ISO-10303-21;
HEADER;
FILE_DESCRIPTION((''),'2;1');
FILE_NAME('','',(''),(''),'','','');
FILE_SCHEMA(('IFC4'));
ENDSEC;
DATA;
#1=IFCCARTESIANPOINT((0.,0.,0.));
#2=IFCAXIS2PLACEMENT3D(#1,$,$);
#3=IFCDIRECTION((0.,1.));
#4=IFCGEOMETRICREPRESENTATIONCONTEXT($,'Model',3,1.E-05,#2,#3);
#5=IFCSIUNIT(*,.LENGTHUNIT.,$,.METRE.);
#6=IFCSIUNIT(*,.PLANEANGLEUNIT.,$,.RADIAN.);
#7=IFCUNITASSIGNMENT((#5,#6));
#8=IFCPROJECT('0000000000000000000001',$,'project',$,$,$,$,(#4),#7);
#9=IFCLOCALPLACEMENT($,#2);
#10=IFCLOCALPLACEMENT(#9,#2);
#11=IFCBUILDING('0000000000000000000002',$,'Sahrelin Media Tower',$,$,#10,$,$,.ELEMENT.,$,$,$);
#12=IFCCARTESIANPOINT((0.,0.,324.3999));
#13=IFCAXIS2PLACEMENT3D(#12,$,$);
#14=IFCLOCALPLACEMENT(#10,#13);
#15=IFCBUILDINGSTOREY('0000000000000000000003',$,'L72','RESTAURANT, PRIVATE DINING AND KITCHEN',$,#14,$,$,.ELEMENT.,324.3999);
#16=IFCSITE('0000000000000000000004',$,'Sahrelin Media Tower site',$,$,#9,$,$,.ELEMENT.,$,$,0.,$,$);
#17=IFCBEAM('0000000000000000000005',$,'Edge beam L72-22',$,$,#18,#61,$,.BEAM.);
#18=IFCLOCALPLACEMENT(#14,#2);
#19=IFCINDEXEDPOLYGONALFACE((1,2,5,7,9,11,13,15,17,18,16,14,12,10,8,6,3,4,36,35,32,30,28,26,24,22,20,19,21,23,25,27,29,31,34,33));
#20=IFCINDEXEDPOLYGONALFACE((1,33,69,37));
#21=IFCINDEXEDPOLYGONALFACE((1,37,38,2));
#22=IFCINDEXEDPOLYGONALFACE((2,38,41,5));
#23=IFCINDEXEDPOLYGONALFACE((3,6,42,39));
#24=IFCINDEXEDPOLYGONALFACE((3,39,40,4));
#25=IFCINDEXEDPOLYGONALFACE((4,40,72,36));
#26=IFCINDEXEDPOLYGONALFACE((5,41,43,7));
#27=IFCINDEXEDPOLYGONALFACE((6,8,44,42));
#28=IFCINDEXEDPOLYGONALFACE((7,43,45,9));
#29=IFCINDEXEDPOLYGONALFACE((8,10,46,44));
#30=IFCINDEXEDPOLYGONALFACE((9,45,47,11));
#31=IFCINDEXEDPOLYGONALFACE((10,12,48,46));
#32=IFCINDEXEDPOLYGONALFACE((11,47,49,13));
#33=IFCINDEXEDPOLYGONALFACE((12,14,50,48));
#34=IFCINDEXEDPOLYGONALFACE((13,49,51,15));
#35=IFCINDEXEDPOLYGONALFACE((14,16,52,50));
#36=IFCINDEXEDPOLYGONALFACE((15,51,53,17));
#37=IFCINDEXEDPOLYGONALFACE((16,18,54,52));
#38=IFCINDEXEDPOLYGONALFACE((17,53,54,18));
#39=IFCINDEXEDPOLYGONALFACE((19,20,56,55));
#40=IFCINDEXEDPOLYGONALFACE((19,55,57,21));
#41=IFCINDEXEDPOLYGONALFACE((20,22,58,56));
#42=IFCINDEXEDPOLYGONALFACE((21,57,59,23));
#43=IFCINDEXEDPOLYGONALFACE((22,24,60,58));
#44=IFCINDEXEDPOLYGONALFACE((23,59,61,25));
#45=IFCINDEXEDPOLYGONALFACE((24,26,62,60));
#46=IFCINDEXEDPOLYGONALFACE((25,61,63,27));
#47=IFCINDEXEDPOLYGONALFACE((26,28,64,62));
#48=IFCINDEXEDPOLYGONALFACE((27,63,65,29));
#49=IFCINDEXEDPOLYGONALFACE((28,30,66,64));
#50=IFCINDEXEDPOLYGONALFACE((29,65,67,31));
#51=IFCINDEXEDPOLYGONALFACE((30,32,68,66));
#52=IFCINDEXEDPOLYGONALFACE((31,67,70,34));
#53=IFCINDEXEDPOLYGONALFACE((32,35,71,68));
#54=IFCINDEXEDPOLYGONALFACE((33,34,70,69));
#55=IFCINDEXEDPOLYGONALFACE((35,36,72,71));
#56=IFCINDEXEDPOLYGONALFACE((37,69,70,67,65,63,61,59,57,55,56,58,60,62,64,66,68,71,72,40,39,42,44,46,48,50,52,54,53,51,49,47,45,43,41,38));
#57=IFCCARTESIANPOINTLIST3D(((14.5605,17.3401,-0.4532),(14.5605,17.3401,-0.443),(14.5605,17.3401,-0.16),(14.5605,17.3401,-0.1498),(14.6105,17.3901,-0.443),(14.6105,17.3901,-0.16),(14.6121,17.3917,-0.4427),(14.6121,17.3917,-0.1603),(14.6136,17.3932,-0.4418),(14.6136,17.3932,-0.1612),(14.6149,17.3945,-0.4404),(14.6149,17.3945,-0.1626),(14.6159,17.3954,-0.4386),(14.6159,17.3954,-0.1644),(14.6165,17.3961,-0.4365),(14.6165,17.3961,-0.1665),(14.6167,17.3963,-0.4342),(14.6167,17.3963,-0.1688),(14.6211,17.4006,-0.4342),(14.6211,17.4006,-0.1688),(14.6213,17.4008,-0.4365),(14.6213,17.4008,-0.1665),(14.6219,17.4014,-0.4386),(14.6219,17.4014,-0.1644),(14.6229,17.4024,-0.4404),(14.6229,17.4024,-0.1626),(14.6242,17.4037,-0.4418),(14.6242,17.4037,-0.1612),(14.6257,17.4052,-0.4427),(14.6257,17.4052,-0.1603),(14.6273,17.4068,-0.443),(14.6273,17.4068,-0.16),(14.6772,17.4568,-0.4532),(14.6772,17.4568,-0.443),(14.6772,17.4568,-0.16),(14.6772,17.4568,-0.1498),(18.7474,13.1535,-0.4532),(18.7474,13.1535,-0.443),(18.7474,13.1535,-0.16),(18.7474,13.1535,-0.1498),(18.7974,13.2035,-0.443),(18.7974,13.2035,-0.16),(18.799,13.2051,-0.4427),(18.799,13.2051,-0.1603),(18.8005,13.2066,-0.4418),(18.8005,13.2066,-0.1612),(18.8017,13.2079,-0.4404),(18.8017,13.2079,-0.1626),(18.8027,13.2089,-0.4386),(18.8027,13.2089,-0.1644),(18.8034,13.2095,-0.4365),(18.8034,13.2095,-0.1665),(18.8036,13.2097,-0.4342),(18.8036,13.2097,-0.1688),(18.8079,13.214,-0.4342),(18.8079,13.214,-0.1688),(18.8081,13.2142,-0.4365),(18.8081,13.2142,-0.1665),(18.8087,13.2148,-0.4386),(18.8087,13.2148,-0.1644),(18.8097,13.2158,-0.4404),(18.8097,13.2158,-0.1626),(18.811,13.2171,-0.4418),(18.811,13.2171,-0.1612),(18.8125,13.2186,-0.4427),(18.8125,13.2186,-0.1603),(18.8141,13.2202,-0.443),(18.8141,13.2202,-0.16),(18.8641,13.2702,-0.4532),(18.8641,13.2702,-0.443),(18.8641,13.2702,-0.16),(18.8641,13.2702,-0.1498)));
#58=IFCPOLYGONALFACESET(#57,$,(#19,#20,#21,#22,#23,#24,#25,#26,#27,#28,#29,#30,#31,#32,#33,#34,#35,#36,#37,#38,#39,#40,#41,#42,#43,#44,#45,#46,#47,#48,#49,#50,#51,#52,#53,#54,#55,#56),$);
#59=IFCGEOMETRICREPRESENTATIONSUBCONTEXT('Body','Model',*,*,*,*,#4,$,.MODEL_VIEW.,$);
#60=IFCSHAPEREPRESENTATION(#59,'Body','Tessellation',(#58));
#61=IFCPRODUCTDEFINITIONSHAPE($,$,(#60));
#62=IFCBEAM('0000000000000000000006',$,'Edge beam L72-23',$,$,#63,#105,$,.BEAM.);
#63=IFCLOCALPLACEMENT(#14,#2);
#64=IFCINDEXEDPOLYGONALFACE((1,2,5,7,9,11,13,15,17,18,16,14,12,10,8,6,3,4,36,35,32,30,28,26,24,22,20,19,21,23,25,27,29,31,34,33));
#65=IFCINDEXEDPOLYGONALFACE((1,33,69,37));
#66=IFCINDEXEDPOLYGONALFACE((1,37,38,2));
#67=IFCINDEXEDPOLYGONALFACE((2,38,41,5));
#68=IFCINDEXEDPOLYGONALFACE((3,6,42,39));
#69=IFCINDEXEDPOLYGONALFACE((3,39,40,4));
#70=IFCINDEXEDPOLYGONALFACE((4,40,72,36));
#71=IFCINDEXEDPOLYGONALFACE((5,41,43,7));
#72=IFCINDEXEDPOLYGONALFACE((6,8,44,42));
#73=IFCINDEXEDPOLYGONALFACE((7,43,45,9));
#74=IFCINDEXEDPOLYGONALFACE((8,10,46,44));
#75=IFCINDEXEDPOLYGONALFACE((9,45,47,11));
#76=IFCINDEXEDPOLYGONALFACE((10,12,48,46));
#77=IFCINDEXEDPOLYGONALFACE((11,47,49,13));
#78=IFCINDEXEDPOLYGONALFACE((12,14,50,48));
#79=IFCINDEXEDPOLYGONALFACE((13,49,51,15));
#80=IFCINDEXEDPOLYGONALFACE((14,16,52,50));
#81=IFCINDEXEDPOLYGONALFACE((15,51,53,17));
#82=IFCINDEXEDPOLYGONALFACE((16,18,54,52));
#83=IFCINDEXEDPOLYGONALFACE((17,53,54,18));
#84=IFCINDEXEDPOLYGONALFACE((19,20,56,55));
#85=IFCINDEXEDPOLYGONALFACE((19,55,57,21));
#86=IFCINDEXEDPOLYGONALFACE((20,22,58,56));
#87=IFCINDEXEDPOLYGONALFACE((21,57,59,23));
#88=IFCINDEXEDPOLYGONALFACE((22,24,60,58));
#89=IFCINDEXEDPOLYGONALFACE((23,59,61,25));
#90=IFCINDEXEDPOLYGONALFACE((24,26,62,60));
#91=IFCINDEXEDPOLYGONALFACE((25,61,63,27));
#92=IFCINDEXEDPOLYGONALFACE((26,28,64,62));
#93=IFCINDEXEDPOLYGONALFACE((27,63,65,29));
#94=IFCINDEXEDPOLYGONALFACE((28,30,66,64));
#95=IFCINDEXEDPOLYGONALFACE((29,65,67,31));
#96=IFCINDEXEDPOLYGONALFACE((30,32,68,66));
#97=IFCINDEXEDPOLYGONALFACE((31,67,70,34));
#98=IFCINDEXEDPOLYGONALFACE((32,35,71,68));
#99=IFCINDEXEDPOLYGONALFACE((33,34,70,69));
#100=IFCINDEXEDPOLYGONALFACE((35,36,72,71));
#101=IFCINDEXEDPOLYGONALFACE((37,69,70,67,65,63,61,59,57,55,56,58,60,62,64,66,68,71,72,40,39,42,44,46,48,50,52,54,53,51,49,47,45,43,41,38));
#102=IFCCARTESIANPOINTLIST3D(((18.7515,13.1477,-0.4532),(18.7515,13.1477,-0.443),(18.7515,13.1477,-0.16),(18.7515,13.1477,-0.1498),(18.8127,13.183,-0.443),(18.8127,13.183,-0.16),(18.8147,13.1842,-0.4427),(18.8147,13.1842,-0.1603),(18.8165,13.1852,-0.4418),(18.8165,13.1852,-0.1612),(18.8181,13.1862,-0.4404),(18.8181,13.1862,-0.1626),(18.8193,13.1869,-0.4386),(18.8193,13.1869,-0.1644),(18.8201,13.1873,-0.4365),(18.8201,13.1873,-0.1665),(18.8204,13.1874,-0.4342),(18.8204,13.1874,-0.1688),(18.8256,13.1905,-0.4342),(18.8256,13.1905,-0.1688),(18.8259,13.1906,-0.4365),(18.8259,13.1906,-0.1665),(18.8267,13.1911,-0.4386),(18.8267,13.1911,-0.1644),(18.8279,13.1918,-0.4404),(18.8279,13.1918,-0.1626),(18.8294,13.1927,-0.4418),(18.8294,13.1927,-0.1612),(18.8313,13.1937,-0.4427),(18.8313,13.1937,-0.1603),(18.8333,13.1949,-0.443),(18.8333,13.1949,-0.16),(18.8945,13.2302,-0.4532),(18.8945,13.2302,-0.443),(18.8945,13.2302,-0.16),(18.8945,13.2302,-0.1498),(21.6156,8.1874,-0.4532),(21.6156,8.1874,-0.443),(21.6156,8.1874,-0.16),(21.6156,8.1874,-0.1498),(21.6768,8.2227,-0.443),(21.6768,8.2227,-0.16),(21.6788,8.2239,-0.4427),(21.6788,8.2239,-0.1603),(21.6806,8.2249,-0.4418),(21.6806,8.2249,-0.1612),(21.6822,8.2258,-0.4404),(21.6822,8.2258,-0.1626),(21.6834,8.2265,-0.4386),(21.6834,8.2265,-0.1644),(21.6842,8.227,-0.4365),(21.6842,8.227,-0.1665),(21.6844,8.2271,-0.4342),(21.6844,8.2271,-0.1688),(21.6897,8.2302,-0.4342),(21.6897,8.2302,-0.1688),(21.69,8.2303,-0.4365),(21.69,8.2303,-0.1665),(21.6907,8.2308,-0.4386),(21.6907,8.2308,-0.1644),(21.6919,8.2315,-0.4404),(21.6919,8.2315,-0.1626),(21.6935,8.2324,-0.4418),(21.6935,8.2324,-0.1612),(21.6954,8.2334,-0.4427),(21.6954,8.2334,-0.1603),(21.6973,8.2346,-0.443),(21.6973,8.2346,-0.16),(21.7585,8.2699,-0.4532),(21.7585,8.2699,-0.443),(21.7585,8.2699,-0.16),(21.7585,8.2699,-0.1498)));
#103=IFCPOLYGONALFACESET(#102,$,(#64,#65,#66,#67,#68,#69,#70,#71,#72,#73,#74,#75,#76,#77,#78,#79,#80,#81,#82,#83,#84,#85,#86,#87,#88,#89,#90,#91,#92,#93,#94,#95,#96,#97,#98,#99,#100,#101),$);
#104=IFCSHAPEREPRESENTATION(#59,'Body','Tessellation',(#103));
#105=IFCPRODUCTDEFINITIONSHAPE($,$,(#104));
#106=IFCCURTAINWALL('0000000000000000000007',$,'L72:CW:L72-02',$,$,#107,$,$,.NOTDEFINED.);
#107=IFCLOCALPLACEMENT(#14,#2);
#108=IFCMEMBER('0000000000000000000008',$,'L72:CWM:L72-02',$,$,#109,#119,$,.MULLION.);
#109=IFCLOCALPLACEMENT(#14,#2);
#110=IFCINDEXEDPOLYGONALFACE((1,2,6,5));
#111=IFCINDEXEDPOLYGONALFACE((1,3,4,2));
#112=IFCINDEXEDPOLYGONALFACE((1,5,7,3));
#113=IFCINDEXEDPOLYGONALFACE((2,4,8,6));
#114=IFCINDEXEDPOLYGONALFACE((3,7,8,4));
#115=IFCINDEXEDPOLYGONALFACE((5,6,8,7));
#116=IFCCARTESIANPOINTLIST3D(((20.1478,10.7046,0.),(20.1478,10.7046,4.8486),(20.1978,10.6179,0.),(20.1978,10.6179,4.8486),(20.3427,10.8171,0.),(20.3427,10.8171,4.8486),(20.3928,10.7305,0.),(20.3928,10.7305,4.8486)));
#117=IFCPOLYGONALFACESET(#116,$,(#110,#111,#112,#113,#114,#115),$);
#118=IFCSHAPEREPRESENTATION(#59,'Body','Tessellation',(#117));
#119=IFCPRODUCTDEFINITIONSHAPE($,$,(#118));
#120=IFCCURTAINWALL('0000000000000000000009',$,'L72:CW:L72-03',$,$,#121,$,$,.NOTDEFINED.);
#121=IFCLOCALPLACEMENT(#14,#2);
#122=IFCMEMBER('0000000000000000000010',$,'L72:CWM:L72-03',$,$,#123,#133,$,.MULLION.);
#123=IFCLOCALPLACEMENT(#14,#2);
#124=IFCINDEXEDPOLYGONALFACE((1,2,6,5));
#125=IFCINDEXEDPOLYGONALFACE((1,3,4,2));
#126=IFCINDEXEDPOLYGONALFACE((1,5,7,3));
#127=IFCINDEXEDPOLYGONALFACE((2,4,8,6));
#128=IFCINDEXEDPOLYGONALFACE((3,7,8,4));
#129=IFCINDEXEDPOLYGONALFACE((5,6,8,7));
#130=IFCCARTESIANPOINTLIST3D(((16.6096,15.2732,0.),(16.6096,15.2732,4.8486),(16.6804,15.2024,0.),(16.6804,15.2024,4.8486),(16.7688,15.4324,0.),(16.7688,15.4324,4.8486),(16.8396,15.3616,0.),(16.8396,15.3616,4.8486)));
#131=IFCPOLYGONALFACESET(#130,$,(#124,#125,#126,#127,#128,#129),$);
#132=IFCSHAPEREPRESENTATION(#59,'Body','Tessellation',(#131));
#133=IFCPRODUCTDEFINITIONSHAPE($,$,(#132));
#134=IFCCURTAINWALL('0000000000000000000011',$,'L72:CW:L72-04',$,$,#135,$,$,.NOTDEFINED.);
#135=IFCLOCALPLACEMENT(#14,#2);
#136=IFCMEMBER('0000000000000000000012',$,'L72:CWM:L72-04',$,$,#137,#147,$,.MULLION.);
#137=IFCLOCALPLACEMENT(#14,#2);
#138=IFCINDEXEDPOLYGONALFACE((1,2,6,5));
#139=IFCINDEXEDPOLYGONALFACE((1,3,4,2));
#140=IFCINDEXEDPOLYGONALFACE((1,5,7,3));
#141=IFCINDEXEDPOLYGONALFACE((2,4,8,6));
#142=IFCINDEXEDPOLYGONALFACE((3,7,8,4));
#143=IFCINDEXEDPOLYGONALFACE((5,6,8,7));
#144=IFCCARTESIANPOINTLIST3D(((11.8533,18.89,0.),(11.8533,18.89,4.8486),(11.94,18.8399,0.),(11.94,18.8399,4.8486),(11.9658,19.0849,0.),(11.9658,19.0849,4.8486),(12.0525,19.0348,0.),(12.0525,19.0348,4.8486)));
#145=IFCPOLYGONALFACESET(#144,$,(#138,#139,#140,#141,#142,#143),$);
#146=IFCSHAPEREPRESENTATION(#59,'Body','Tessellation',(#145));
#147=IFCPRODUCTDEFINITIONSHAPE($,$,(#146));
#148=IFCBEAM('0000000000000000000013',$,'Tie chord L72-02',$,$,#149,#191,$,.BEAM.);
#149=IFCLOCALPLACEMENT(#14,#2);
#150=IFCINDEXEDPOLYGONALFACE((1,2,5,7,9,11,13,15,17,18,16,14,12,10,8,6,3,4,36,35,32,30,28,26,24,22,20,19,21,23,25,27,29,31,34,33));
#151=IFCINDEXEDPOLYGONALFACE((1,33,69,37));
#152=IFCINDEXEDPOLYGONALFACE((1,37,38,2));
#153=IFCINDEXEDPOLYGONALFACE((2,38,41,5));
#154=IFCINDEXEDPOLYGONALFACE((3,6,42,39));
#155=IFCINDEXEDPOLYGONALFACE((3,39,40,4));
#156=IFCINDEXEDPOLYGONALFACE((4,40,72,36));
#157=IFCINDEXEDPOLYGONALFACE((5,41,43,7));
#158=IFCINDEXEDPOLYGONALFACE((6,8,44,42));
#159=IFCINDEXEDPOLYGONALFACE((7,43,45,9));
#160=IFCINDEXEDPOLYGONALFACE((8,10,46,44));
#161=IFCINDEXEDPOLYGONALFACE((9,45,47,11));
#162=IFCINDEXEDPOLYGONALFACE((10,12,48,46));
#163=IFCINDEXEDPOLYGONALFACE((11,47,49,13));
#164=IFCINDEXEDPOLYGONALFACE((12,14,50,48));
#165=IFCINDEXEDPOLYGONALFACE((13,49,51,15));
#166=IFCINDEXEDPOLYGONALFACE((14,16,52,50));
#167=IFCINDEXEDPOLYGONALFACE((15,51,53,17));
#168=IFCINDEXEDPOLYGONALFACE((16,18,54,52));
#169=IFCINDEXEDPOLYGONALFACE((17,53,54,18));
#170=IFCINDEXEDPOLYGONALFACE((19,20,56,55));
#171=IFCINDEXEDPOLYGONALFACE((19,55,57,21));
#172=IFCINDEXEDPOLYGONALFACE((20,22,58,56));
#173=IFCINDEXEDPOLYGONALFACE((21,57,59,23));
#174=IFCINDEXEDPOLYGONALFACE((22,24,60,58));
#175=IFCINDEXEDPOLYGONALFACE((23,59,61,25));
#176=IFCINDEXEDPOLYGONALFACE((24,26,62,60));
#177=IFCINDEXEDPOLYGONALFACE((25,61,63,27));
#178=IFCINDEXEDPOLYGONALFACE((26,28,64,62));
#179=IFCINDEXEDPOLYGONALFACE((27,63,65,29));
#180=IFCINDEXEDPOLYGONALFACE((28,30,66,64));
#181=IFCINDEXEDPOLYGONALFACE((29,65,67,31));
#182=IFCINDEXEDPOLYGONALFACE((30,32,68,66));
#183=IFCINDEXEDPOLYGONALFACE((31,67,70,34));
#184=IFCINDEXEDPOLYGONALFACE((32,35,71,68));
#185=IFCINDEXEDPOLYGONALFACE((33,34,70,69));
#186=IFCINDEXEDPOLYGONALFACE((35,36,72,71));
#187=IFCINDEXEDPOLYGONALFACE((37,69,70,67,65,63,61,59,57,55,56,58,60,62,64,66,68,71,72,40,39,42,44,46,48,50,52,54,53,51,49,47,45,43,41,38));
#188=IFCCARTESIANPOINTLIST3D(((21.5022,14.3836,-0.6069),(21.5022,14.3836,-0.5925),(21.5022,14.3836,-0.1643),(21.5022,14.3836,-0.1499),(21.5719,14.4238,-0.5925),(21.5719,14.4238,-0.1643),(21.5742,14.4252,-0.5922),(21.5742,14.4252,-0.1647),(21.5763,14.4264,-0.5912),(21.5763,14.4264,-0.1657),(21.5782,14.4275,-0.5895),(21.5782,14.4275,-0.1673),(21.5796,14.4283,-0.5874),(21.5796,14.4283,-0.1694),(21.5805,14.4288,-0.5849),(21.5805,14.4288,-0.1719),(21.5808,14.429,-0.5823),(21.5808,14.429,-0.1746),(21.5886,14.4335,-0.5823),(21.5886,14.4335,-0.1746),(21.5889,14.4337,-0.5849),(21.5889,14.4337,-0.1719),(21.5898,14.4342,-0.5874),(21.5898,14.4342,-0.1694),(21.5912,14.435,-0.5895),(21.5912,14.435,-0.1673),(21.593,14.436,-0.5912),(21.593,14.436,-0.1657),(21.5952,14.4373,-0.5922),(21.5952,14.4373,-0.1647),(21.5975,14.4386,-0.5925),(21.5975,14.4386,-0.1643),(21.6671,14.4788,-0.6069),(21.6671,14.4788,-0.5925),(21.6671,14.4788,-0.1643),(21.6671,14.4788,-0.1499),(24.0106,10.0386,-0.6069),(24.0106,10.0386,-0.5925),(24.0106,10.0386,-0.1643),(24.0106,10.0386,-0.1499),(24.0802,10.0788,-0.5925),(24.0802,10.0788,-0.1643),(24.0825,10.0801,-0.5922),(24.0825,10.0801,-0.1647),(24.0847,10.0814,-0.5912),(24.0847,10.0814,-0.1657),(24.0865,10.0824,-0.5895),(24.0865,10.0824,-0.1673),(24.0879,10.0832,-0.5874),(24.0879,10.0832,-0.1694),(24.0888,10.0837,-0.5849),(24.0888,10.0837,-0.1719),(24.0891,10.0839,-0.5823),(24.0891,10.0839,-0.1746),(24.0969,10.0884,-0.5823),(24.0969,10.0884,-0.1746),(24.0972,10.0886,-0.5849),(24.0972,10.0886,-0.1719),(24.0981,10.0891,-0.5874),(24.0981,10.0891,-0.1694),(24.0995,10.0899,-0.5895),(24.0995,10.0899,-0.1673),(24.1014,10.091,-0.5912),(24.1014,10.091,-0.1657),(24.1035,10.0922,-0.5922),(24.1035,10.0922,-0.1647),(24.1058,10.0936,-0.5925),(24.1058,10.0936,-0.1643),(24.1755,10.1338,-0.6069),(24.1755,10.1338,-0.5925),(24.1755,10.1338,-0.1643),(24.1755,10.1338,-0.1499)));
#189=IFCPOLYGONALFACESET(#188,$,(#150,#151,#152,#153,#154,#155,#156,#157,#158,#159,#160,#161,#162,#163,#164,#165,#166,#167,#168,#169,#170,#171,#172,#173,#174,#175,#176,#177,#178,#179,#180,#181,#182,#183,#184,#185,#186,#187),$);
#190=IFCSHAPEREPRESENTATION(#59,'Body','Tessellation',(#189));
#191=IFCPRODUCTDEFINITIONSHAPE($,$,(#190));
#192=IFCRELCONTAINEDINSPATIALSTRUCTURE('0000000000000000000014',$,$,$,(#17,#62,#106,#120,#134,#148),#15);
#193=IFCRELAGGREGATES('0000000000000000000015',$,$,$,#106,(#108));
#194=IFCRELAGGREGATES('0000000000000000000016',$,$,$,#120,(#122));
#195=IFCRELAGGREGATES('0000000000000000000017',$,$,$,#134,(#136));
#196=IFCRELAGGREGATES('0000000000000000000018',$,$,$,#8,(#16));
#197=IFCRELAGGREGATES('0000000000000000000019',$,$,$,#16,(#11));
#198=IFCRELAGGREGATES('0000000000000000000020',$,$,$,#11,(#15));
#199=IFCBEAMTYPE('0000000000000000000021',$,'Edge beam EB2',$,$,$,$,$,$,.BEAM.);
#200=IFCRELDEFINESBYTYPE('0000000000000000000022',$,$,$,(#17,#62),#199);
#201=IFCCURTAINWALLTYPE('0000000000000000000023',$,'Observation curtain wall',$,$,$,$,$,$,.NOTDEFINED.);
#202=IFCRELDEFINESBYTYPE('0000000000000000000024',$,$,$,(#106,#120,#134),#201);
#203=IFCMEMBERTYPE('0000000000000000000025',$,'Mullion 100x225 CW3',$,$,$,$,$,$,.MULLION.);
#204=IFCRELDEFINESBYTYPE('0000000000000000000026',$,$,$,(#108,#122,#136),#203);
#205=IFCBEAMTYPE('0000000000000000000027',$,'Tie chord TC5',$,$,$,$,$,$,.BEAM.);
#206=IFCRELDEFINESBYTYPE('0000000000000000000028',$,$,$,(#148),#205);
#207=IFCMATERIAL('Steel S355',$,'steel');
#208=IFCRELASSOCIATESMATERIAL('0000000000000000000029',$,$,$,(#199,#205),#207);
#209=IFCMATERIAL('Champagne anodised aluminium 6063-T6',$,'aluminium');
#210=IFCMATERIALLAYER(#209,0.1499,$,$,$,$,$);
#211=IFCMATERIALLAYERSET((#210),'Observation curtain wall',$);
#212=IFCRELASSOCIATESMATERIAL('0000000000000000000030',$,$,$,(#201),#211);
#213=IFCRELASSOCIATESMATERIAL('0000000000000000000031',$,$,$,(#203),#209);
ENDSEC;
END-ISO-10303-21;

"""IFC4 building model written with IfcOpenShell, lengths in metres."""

from ifc_helpers import new_model, si_unit, direction, frame, origin, origin_2d, place, context, subcontext, project, spatial, rectangle, i_section, extrude, material, layer, layer_set, material_profile, profile_set, type_object, element, aggregate, save


model = new_model("IFC4")

# Units and contexts
model_context = context("Model", 3, precision=1e-05, world=origin(), true_north=direction((0.0, 1.0)))
body_context = subcontext(model_context, "Body", "Model", "MODEL_VIEW")
ifc_project = project(units=[si_unit("LENGTHUNIT", "METRE"), si_unit("PLANEANGLEUNIT", "RADIAN")], contexts=[model_context])

# Site, building, storey
site_placement = place(None, origin())
site = spatial("IfcSite", under=ifc_project, at=site_placement, Name="Sahrelin Media Tower site", CompositionType="ELEMENT", RefElevation=0.0)
building_placement = place(site_placement, origin())
building = spatial("IfcBuilding", under=site, at=building_placement, Name="Sahrelin Media Tower", CompositionType="ELEMENT")
storey_placement = place(building_placement, frame((0.0, 0.0, 324.3999)))
storey = spatial("IfcBuildingStorey", under=building, at=storey_placement, Name="L72", Description="RESTAURANT, PRIVATE DINING AND KITCHEN", CompositionType="ELEMENT", Elevation=324.3999)

# Beams
ifc_material_1 = material(Name="Steel S355", Category="steel")
ifc_material_profile_1 = material_profile(ifc_material_1, i_section(OverallWidth=0.165, OverallDepth=0.3035, WebThickness=0.0061, FlangeThickness=0.0103, FilletRadius=0.0088, at=origin_2d()), Name="UB 305x165x40")
ifc_profile_set_1 = profile_set([ifc_material_profile_1], Name="Steel S355")
beam_type_1 = type_object("IfcBeamType", Name="Edge beam EB2", PredefinedType="BEAM", material=ifc_profile_set_1)
beam_1_placement = place(storey_placement, frame((14.6189, 17.3984, -0.3015), z_axis=(0.707127, -0.707086, 0.0), x_axis=(0.707086, 0.707127, 0.0)))
element("IfcBeam", 1, at=beam_1_placement, inside=storey, type_object=beam_type_1, Name="Edge beam L72-22", PredefinedType="BEAM", context=body_context, shape_type="SweptSolid", body=[
    extrude(i_section(OverallWidth=0.165, OverallDepth=0.3035, WebThickness=0.0061, FlangeThickness=0.0103, FilletRadius=0.0088, at=origin_2d()), origin(), (0.0, 0.0, 1.0), 5.9209),
])
beam_2_placement = place(storey_placement, frame((18.823, 13.189, -0.3015), z_axis=(0.500031, -0.866007, 0.0), x_axis=(0.866007, 0.500031, 0.0)))
element("IfcBeam", 2, at=beam_2_placement, inside=storey, type_object=beam_type_1, Name="Edge beam L72-23", PredefinedType="BEAM", context=body_context, shape_type="SweptSolid", body=[
    extrude(i_section(OverallWidth=0.165, OverallDepth=0.3035, WebThickness=0.0061, FlangeThickness=0.0103, FilletRadius=0.0088, at=origin_2d()), origin(), (0.0, 0.0, 1.0), 5.7278),
])

# Curtain walls, members
ifc_material_2 = material(Name="Champagne anodised aluminium 6063-T6", Category="aluminium")
ifc_layer_1 = layer(ifc_material_2, 0.1499)
ifc_layer_set_1 = layer_set([ifc_layer_1], Name="Observation curtain wall")
curtain_wall_type = type_object("IfcCurtainWallType", Name="Observation curtain wall", PredefinedType="NOTDEFINED", material=ifc_layer_set_1)
curtain_wall_1_placement = place(storey_placement, frame((20.385, 10.7839, 0.0), z_axis=(0.0, 0.0, 1.0), x_axis=(1.0, 0.0, 0.0)))
curtain_wall_1 = element("IfcCurtainWall", 3, at=curtain_wall_1_placement, inside=storey, type_object=curtain_wall_type, Name="L72:CW:L72-02", PredefinedType="NOTDEFINED")
ifc_material_profile_2 = material_profile(ifc_material_2, rectangle(XDim=0.1001, YDim=0.2251, at=origin_2d()), Name="Mullion 100x225")
ifc_profile_set_2 = profile_set([ifc_material_profile_2], Name="Champagne anodised aluminium 6063-T6")
member_type_1 = type_object("IfcMemberType", Name="Mullion 100x225 CW3", PredefinedType="MULLION", material=ifc_profile_set_2)
member_1_placement = place(storey_placement, frame((20.2703, 10.7175, 0.0), z_axis=(0.0, 0.0, 1.0), x_axis=(-0.500012, 0.866018, 0.0)))
member_1 = element("IfcMember", 4, at=member_1_placement, type_object=member_type_1, Name="L72:CWM:L72-02", PredefinedType="MULLION", context=body_context, shape_type="SweptSolid", body=[
    extrude(rectangle(XDim=0.1001, YDim=0.2251, at=origin_2d()), origin(), (0.0, 0.0, 1.0), 4.8486),
])
aggregate(curtain_wall_1, [member_1])
curtain_wall_2_placement = place(storey_placement, frame((16.8184, 15.4111, 0.0), z_axis=(0.0, 0.0, 1.0), x_axis=(1.0, 0.0, 0.0)))
curtain_wall_2 = element("IfcCurtainWall", 5, at=curtain_wall_2_placement, inside=storey, type_object=curtain_wall_type, Name="L72:CW:L72-03", PredefinedType="NOTDEFINED")
member_2_placement = place(storey_placement, frame((16.7246, 15.3174, 0.0), z_axis=(0.0, 0.0, 1.0), x_axis=(-0.707098, 0.707115, 0.0)))
member_2 = element("IfcMember", 6, at=member_2_placement, type_object=member_type_1, Name="L72:CWM:L72-03", PredefinedType="MULLION", context=body_context, shape_type="SweptSolid", body=[
    extrude(rectangle(XDim=0.1001, YDim=0.2251, at=origin_2d()), origin(), (0.0, 0.0, 1.0), 4.8486),
])
curtain_wall_3_placement = place(storey_placement, frame((12.019, 19.0771, 0.0), z_axis=(0.0, 0.0, 1.0), x_axis=(1.0, 0.0, 0.0)))
curtain_wall_3 = element("IfcCurtainWall", 7, at=curtain_wall_3_placement, inside=storey, type_object=curtain_wall_type, Name="L72:CW:L72-04", PredefinedType="NOTDEFINED")
member_3_placement = place(storey_placement, frame((11.9529, 18.9624, 0.0), z_axis=(0.0, 0.0, 1.0), x_axis=(-0.866026, 0.499998, 0.0)))
member_3 = element("IfcMember", 8, at=member_3_placement, type_object=member_type_1, Name="L72:CWM:L72-04", PredefinedType="MULLION", context=body_context, shape_type="SweptSolid", body=[
    extrude(rectangle(XDim=0.1001, YDim=0.2251, at=origin_2d()), origin(), (0.0, 0.0, 1.0), 4.8486),
])

# Beam
ifc_material_profile_3 = material_profile(ifc_material_1, i_section(OverallWidth=0.1904, OverallDepth=0.457, WebThickness=0.009, FlangeThickness=0.0144, FilletRadius=0.0103, at=origin_2d()), Name="UB 457x191x74")
ifc_profile_set_3 = profile_set([ifc_material_profile_3], Name="Steel S355")
beam_type_2 = type_object("IfcBeamType", Name="Tie chord TC5", PredefinedType="BEAM", material=ifc_profile_set_3)
beam_3_placement = place(storey_placement, frame((24.093, 10.0862, -0.3784), z_axis=(-0.49996, 0.866049, 0.0), x_axis=(-0.866049, -0.49996, 0.0)))
element("IfcBeam", 9, at=beam_3_placement, inside=storey, type_object=beam_type_2, Name="Tie chord L72-02", PredefinedType="BEAM", context=body_context, shape_type="SweptSolid", body=[
    extrude(i_section(OverallWidth=0.1904, OverallDepth=0.457, WebThickness=0.009, FlangeThickness=0.0144, FilletRadius=0.0103, at=origin_2d()), origin(), (0.0, 0.0, 1.0), 5.0171),
])

aggregate(curtain_wall_2, [member_2])
aggregate(curtain_wall_3, [member_3])

save(model, "model.ifc")
